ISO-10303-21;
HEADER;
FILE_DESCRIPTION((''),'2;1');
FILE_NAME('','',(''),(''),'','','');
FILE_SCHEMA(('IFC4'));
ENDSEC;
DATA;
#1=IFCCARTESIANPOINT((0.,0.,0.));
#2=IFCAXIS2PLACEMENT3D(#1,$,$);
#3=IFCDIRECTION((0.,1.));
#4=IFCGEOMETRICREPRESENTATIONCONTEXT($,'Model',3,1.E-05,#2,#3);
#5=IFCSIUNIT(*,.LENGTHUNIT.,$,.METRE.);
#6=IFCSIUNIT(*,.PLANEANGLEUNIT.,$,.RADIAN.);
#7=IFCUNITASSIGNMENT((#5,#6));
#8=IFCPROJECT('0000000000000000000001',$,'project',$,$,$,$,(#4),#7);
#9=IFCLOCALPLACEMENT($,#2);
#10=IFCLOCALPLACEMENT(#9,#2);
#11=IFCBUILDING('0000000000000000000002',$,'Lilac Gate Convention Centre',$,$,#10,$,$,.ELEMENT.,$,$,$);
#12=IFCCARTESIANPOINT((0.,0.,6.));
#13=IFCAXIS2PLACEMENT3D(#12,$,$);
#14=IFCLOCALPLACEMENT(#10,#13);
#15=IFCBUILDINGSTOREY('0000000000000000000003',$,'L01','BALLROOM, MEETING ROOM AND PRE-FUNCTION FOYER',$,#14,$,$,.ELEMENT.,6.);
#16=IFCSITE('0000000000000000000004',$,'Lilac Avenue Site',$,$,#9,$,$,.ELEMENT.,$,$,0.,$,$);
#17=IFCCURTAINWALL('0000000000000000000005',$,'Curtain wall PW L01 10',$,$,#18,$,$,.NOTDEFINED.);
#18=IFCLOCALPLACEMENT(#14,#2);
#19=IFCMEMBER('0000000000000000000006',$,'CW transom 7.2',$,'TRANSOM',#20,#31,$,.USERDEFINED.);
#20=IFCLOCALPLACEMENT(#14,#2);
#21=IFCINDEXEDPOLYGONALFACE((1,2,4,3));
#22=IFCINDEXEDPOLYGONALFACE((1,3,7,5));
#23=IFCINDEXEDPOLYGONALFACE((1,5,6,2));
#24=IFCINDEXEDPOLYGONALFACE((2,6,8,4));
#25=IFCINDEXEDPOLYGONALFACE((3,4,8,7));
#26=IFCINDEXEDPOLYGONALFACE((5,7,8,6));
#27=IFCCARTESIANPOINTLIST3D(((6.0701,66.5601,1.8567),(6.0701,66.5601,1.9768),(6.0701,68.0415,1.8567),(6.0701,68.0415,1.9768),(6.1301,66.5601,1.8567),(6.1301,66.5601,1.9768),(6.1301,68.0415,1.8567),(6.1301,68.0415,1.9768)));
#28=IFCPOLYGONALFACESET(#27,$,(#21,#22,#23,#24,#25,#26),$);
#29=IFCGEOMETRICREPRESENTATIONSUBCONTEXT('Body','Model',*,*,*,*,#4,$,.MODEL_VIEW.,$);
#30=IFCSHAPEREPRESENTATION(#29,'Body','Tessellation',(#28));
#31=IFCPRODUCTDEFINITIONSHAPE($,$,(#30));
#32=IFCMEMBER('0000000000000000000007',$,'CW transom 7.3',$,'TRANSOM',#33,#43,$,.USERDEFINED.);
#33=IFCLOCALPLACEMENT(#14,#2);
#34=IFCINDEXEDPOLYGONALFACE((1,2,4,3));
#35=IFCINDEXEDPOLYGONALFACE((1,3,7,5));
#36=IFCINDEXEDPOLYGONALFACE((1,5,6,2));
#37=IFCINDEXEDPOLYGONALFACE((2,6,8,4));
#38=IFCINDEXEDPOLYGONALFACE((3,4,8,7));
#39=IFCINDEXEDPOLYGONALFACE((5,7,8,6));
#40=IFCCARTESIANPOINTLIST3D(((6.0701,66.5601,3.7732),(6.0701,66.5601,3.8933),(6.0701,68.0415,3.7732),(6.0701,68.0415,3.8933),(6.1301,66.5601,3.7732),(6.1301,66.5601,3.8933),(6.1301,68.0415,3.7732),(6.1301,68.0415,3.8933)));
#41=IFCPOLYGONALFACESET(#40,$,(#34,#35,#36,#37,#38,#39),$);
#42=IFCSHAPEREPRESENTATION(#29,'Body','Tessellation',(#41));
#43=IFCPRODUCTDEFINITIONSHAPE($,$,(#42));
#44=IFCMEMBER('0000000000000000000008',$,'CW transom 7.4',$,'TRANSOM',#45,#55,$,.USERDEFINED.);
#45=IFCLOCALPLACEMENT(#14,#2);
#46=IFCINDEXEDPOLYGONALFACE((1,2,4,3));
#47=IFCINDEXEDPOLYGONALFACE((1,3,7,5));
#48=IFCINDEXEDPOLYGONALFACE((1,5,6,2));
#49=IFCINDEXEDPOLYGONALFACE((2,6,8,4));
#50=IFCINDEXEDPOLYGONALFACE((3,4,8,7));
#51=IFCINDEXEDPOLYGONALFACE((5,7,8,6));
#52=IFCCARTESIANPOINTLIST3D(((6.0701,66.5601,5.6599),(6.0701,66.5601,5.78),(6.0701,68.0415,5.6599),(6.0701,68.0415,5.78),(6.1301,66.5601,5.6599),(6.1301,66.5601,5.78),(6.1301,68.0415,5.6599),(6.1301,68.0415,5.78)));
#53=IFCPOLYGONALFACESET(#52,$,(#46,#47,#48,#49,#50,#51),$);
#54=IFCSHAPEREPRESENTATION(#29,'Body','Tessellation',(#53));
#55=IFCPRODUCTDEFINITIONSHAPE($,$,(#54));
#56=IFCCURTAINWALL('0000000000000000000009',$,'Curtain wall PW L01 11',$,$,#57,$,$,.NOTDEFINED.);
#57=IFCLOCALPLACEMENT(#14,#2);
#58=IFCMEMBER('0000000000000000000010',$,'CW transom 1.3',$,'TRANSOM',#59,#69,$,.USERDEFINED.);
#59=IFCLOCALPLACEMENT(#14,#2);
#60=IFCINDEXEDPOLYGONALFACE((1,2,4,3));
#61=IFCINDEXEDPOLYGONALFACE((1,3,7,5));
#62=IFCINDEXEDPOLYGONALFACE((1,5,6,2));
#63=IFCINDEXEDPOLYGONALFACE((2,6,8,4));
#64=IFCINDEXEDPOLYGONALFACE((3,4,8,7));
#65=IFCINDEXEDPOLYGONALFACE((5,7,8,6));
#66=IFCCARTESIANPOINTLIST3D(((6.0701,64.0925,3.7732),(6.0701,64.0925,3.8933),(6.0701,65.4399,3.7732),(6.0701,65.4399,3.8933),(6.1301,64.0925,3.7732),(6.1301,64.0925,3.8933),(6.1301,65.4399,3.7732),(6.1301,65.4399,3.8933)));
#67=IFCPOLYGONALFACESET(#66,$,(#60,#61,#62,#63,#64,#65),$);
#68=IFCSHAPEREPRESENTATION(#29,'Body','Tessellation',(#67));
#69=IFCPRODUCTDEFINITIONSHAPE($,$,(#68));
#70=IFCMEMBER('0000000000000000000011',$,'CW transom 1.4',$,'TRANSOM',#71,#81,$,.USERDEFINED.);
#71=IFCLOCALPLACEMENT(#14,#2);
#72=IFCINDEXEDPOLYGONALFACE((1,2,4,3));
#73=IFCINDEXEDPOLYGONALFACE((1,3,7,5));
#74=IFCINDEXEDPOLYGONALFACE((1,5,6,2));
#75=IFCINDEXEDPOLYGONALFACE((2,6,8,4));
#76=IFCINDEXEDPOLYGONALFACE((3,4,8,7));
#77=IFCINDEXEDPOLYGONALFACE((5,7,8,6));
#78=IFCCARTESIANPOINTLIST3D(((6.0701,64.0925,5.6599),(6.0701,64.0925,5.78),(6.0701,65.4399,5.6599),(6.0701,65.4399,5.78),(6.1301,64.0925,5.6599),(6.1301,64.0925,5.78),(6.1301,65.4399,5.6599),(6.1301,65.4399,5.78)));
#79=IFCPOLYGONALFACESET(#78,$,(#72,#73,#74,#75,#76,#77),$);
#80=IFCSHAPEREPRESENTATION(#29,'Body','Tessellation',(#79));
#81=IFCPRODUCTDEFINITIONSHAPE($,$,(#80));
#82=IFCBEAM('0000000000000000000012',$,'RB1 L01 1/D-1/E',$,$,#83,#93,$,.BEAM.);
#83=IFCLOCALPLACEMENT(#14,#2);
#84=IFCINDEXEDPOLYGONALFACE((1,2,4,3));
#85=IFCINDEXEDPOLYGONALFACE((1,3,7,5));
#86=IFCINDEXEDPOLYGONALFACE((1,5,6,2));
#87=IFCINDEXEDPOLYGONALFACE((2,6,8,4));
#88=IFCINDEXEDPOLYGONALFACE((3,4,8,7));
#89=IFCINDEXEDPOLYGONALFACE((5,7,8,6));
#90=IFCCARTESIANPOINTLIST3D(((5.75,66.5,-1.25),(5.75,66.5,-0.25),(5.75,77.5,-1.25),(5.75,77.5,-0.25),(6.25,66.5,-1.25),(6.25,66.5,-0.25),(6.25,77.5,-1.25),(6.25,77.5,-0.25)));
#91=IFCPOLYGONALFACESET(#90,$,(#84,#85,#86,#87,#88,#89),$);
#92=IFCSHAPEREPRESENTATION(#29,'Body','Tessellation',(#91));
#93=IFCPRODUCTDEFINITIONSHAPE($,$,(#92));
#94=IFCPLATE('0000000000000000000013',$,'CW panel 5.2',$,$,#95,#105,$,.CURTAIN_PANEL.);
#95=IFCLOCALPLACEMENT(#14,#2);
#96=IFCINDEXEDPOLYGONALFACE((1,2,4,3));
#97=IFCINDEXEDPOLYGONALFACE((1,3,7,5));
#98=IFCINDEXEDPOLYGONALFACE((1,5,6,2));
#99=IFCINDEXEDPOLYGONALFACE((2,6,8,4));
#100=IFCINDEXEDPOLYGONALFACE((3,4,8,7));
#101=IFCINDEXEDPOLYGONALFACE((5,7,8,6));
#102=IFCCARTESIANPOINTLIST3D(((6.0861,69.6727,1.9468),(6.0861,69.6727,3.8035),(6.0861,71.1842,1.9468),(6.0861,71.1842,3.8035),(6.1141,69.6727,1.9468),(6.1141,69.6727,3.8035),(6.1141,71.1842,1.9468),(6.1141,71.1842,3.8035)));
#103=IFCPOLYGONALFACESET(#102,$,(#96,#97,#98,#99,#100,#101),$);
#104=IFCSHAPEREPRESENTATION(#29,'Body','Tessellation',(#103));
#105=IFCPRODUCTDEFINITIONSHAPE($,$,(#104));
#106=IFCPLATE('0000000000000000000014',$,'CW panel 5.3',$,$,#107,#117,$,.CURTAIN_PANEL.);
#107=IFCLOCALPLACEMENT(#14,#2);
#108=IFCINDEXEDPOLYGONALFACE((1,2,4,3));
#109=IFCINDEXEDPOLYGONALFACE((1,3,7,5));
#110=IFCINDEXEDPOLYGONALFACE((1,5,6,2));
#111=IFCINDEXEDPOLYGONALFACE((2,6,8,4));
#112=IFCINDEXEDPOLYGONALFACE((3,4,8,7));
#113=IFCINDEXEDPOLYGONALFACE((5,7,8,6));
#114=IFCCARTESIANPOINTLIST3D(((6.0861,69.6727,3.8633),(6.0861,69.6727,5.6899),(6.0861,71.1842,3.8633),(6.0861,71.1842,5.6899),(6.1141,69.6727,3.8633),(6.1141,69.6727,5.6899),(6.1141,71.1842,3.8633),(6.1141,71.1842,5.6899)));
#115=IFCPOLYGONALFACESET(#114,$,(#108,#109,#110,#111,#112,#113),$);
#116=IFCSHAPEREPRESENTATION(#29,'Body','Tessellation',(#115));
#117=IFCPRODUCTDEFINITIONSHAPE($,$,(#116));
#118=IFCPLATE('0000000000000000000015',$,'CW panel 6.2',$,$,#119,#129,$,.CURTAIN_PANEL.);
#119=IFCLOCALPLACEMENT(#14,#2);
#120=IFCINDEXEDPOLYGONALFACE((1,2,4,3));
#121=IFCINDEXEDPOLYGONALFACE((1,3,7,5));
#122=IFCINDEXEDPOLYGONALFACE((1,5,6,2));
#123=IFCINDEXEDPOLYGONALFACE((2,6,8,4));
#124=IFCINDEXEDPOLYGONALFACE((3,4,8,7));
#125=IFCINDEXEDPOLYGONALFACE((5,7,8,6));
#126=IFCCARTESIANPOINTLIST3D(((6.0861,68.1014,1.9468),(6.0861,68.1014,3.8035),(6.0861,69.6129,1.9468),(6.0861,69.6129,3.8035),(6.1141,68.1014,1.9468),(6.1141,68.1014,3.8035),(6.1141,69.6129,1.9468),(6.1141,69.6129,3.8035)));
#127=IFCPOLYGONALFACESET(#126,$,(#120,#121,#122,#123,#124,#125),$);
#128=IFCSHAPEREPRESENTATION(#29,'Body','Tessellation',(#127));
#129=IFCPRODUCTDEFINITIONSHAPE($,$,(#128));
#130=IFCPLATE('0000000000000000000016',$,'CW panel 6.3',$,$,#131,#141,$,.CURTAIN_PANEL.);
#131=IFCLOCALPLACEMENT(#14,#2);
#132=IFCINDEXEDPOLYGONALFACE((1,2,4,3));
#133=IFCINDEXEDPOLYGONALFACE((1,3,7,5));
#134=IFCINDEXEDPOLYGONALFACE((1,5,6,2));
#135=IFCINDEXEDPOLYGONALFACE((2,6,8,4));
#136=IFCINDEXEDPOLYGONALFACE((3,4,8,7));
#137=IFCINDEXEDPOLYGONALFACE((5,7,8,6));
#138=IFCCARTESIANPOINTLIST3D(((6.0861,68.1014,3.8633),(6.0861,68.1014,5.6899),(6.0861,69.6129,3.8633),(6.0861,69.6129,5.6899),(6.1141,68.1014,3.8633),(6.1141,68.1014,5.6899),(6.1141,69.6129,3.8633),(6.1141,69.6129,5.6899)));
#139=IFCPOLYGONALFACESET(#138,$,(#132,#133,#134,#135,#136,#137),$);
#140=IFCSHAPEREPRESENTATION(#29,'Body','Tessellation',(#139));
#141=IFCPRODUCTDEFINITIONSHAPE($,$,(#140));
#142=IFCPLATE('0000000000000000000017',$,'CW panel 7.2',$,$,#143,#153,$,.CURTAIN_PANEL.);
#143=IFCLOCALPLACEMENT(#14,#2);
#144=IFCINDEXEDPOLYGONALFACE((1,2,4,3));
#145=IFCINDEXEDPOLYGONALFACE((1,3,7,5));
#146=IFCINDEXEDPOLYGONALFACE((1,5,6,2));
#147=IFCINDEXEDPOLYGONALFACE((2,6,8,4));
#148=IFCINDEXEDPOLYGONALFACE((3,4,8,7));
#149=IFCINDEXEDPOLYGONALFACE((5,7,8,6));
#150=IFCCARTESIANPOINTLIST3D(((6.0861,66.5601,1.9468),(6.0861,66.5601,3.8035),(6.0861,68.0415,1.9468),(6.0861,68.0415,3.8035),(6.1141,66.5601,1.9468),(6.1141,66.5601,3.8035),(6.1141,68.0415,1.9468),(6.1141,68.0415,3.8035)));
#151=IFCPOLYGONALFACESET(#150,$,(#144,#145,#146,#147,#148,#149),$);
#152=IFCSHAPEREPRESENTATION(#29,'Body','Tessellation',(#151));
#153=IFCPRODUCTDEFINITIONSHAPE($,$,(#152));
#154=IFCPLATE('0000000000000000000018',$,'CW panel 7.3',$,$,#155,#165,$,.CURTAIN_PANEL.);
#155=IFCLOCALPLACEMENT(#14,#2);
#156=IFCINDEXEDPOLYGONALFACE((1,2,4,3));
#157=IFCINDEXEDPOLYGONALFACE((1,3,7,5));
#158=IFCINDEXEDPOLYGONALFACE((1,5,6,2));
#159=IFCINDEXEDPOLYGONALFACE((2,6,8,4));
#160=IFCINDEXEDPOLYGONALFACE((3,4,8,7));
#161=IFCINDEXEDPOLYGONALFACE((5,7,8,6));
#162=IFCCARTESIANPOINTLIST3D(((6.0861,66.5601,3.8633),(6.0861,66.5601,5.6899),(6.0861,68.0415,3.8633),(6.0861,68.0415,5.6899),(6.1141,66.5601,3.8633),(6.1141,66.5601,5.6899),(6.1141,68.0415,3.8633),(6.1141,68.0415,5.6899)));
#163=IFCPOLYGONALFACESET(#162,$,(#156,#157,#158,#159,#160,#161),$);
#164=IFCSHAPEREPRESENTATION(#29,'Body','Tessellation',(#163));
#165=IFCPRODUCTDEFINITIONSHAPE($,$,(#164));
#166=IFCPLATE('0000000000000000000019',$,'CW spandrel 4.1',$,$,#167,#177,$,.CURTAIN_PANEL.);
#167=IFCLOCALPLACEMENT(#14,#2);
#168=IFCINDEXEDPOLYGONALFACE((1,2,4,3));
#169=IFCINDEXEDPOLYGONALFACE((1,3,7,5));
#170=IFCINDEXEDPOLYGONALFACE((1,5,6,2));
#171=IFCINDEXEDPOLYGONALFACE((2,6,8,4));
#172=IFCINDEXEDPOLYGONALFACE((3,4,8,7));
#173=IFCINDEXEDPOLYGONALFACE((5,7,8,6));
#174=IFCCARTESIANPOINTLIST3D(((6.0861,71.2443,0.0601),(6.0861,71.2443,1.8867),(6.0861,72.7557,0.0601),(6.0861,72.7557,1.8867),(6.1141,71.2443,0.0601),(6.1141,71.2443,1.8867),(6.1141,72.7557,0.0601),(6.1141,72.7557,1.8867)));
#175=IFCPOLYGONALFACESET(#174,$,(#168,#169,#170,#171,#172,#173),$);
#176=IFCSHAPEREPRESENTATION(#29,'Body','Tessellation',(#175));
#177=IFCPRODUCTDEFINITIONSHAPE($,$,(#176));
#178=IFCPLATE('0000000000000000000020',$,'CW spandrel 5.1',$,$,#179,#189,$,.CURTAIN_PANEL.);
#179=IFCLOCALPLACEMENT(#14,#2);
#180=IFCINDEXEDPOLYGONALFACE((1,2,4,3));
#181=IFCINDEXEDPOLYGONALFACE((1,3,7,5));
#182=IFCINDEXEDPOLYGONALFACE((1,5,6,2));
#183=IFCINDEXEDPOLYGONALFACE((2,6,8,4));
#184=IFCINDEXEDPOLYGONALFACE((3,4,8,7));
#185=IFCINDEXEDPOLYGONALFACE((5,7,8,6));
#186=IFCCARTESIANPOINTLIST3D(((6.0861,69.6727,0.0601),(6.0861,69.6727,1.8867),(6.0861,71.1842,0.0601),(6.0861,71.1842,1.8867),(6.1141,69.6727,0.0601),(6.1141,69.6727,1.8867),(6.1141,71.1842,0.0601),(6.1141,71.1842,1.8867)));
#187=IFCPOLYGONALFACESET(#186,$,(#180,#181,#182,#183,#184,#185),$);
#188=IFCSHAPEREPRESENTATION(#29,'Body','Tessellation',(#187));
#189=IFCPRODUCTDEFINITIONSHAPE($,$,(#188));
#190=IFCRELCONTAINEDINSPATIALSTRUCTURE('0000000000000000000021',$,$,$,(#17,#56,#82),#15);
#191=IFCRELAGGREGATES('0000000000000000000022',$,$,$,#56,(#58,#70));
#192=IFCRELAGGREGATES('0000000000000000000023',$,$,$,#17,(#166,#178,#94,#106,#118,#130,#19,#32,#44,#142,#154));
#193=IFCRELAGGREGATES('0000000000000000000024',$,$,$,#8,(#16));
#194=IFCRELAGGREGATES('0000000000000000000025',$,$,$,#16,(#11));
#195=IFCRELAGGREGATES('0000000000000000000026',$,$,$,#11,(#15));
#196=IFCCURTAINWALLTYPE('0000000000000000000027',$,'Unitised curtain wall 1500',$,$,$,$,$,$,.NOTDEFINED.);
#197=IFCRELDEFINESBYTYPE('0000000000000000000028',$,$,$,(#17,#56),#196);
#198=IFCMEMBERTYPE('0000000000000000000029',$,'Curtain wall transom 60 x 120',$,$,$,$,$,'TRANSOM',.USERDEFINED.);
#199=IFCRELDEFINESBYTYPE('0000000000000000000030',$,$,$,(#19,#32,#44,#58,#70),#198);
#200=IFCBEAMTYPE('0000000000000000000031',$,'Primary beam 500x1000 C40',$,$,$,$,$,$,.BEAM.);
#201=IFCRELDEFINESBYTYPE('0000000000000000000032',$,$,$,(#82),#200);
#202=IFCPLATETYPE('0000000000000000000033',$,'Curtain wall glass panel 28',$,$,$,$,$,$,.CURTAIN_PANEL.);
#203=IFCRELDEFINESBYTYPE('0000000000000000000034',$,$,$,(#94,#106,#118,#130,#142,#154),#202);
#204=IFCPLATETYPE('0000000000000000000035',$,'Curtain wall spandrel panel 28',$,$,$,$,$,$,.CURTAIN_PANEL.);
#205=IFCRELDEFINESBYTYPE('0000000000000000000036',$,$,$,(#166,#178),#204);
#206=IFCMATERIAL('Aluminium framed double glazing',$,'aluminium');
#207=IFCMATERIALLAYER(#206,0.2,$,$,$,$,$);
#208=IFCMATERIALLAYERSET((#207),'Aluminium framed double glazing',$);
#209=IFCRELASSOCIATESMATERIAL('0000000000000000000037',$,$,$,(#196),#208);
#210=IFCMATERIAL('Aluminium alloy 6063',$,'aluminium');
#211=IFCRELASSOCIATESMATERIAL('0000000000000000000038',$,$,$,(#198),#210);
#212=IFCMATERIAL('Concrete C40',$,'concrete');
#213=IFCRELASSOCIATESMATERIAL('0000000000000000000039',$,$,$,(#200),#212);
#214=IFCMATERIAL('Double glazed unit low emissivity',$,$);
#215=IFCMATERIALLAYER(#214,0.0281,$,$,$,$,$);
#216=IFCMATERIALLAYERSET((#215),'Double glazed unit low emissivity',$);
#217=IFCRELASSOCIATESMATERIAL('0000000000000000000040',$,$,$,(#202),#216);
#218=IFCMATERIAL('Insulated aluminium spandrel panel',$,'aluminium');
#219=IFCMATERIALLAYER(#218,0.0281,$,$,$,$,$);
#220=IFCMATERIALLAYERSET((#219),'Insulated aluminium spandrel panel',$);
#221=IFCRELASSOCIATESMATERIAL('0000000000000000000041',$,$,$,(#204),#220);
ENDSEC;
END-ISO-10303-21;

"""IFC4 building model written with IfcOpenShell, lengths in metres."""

from ifc_helpers import new_model, si_unit, direction, frame, origin, origin_2d, place, context, subcontext, project, spatial, rectangle, extrude, material, layer, layer_set, material_profile, profile_set, type_object, element, aggregate, save


model = new_model("IFC4")

# Units and contexts
model_context = context("Model", 3, precision=1e-05, world=origin(), true_north=direction((0.0, 1.0)))
body_context = subcontext(model_context, "Body", "Model", "MODEL_VIEW")
ifc_project = project(units=[si_unit("LENGTHUNIT", "METRE"), si_unit("PLANEANGLEUNIT", "RADIAN")], contexts=[model_context])

# Site, building, storey
site_placement = place(None, origin())
site = spatial("IfcSite", under=ifc_project, at=site_placement, Name="Lilac Avenue Site", CompositionType="ELEMENT", RefElevation=0.0)
building_placement = place(site_placement, origin())
building = spatial("IfcBuilding", under=site, at=building_placement, Name="Lilac Gate Convention Centre", CompositionType="ELEMENT")
storey_placement = place(building_placement, frame((0.0, 0.0, 6.0)))
storey = spatial("IfcBuildingStorey", under=building, at=storey_placement, Name="L01", Description="BALLROOM, MEETING ROOM AND PRE-FUNCTION FOYER", CompositionType="ELEMENT", Elevation=6.0)

# Shared definitions
ifc_material_1 = material(Name="Concrete C40", Category="concrete")

# Curtain walls, members
ifc_material_2 = material(Name="Aluminium framed double glazing", Category="aluminium")
ifc_layer_1 = layer(ifc_material_2, 0.2)
ifc_layer_set_1 = layer_set([ifc_layer_1], Name="Aluminium framed double glazing")
curtain_wall_type = type_object("IfcCurtainWallType", Name="Unitised curtain wall 1500", PredefinedType="NOTDEFINED", material=ifc_layer_set_1)
curtain_wall_1_placement = place(storey_placement, origin())
curtain_wall_1 = element("IfcCurtainWall", 1, at=curtain_wall_1_placement, inside=storey, type_object=curtain_wall_type, Name="Curtain wall PW L01 10", PredefinedType="NOTDEFINED")
ifc_material_3 = material(Name="Aluminium alloy 6063", Category="aluminium")
ifc_material_profile_1 = material_profile(ifc_material_3, rectangle(XDim=0.0601, YDim=0.1201, at=origin_2d()), Name="Curtain wall transom 60 x 120")
ifc_profile_set_1 = profile_set([ifc_material_profile_1], Name="Aluminium alloy 6063")
member_type_1 = type_object("IfcMemberType", Name="Curtain wall transom 60 x 120", ElementType="TRANSOM", PredefinedType="USERDEFINED", material=ifc_profile_set_1)
member_1_placement = place(storey_placement, frame((6.1001, 68.0415, 1.9167), z_axis=(0.0, -1.0, 0.0), x_axis=(1.0, 0.0, 0.0)))
member_1 = element("IfcMember", 2, at=member_1_placement, type_object=member_type_1, Name="CW transom 7.2", ObjectType="TRANSOM", PredefinedType="USERDEFINED", context=body_context, shape_type="SweptSolid", body=[
    extrude(rectangle(XDim=0.0601, YDim=0.1201, at=origin_2d()), origin(), (0.0, 0.0, 1.0), 1.4814),
])
member_2_placement = place(storey_placement, frame((6.1001, 68.0415, 3.8333), z_axis=(0.0, -1.0, 0.0), x_axis=(1.0, 0.0, 0.0)))
member_2 = element("IfcMember", 3, at=member_2_placement, type_object=member_type_1, Name="CW transom 7.3", ObjectType="TRANSOM", PredefinedType="USERDEFINED", context=body_context, shape_type="SweptSolid", body=[
    extrude(rectangle(XDim=0.0601, YDim=0.1201, at=origin_2d()), origin(), (0.0, 0.0, 1.0), 1.4814),
])
member_3_placement = place(storey_placement, frame((6.1001, 68.0415, 5.72), z_axis=(0.0, -1.0, 0.0), x_axis=(1.0, 0.0, 0.0)))
member_3 = element("IfcMember", 4, at=member_3_placement, type_object=member_type_1, Name="CW transom 7.4", ObjectType="TRANSOM", PredefinedType="USERDEFINED", context=body_context, shape_type="SweptSolid", body=[
    extrude(rectangle(XDim=0.0601, YDim=0.1201, at=origin_2d()), origin(), (0.0, 0.0, 1.0), 1.4814),
])
curtain_wall_2_placement = place(storey_placement, origin())
curtain_wall_2 = element("IfcCurtainWall", 5, at=curtain_wall_2_placement, inside=storey, type_object=curtain_wall_type, Name="Curtain wall PW L01 11", PredefinedType="NOTDEFINED")
member_4_placement = place(storey_placement, frame((6.1001, 65.4399, 3.8333), z_axis=(0.0, -1.0, 0.0), x_axis=(1.0, 0.0, 0.0)))
member_4 = element("IfcMember", 6, at=member_4_placement, type_object=member_type_1, Name="CW transom 1.3", ObjectType="TRANSOM", PredefinedType="USERDEFINED", context=body_context, shape_type="SweptSolid", body=[
    extrude(rectangle(XDim=0.0601, YDim=0.1201, at=origin_2d()), origin(), (0.0, 0.0, 1.0), 1.3474),
])
member_5_placement = place(storey_placement, frame((6.1001, 65.4399, 5.72), z_axis=(0.0, -1.0, 0.0), x_axis=(1.0, 0.0, 0.0)))
member_5 = element("IfcMember", 7, at=member_5_placement, type_object=member_type_1, Name="CW transom 1.4", ObjectType="TRANSOM", PredefinedType="USERDEFINED", context=body_context, shape_type="SweptSolid", body=[
    extrude(rectangle(XDim=0.0601, YDim=0.1201, at=origin_2d()), origin(), (0.0, 0.0, 1.0), 1.3474),
])
aggregate(curtain_wall_2, [member_4, member_5])

# Beam
ifc_material_profile_2 = material_profile(ifc_material_1, rectangle(XDim=0.5, YDim=1.0, at=origin_2d()), Name="RC 500x1000")
ifc_profile_set_2 = profile_set([ifc_material_profile_2], Name="Concrete C40")
beam_type = type_object("IfcBeamType", Name="Primary beam 500x1000 C40", PredefinedType="BEAM", material=ifc_profile_set_2)
beam_placement = place(storey_placement, frame((6.0, 66.5, -0.75), z_axis=(0.0, 1.0, 0.0), x_axis=(-1.0, 0.0, 0.0)))
element("IfcBeam", 8, at=beam_placement, inside=storey, type_object=beam_type, Name="RB1 L01 1/D-1/E", PredefinedType="BEAM", context=body_context, shape_type="SweptSolid", body=[
    extrude(rectangle(XDim=0.5, YDim=1.0, at=origin_2d()), origin(), (0.0, 0.0, 1.0), 11.0),
])

# Plates
ifc_material_4 = material(Name="Double glazed unit low emissivity")
ifc_layer_2 = layer(ifc_material_4, 0.0281)
ifc_layer_set_2 = layer_set([ifc_layer_2], Name="Double glazed unit low emissivity")
plate_type_1 = type_object("IfcPlateType", Name="Curtain wall glass panel 28", PredefinedType="CURTAIN_PANEL", material=ifc_layer_set_2)
plate_1_placement = place(storey_placement, frame((6.1001, 70.4285, 1.9468), z_axis=(0.0, 0.0, 1.0), x_axis=(0.0, -1.0, 0.0)))
plate_1 = element("IfcPlate", 9, at=plate_1_placement, type_object=plate_type_1, Name="CW panel 5.2", PredefinedType="CURTAIN_PANEL", context=body_context, shape_type="SweptSolid", body=[
    extrude(rectangle(XDim=1.5115, YDim=0.0281, at=origin_2d()), origin(), (0.0, 0.0, 1.0), 1.8567),
])
plate_2_placement = place(storey_placement, frame((6.1001, 70.4285, 3.8633), z_axis=(0.0, 0.0, 1.0), x_axis=(0.0, -1.0, 0.0)))
plate_2 = element("IfcPlate", 10, at=plate_2_placement, type_object=plate_type_1, Name="CW panel 5.3", PredefinedType="CURTAIN_PANEL", context=body_context, shape_type="SweptSolid", body=[
    extrude(rectangle(XDim=1.5115, YDim=0.0281, at=origin_2d()), origin(), (0.0, 0.0, 1.0), 1.8267),
])
plate_3_placement = place(storey_placement, frame((6.1001, 68.8572, 1.9468), z_axis=(0.0, 0.0, 1.0), x_axis=(0.0, -1.0, 0.0)))
plate_3 = element("IfcPlate", 11, at=plate_3_placement, type_object=plate_type_1, Name="CW panel 6.2", PredefinedType="CURTAIN_PANEL", context=body_context, shape_type="SweptSolid", body=[
    extrude(rectangle(XDim=1.5115, YDim=0.0281, at=origin_2d()), origin(), (0.0, 0.0, 1.0), 1.8567),
])
plate_4_placement = place(storey_placement, frame((6.1001, 68.8572, 3.8633), z_axis=(0.0, 0.0, 1.0), x_axis=(0.0, -1.0, 0.0)))
plate_4 = element("IfcPlate", 12, at=plate_4_placement, type_object=plate_type_1, Name="CW panel 6.3", PredefinedType="CURTAIN_PANEL", context=body_context, shape_type="SweptSolid", body=[
    extrude(rectangle(XDim=1.5115, YDim=0.0281, at=origin_2d()), origin(), (0.0, 0.0, 1.0), 1.8267),
])
plate_5_placement = place(storey_placement, frame((6.1001, 67.3008, 1.9468), z_axis=(0.0, 0.0, 1.0), x_axis=(0.0, -1.0, 0.0)))
plate_5 = element("IfcPlate", 13, at=plate_5_placement, type_object=plate_type_1, Name="CW panel 7.2", PredefinedType="CURTAIN_PANEL", context=body_context, shape_type="SweptSolid", body=[
    extrude(rectangle(XDim=1.4814, YDim=0.0281, at=origin_2d()), origin(), (0.0, 0.0, 1.0), 1.8567),
])
plate_6_placement = place(storey_placement, frame((6.1001, 67.3008, 3.8633), z_axis=(0.0, 0.0, 1.0), x_axis=(0.0, -1.0, 0.0)))
plate_6 = element("IfcPlate", 14, at=plate_6_placement, type_object=plate_type_1, Name="CW panel 7.3", PredefinedType="CURTAIN_PANEL", context=body_context, shape_type="SweptSolid", body=[
    extrude(rectangle(XDim=1.4814, YDim=0.0281, at=origin_2d()), origin(), (0.0, 0.0, 1.0), 1.8267),
])
ifc_material_5 = material(Name="Insulated aluminium spandrel panel", Category="aluminium")
ifc_layer_3 = layer(ifc_material_5, 0.0281)
ifc_layer_set_3 = layer_set([ifc_layer_3], Name="Insulated aluminium spandrel panel")
plate_type_2 = type_object("IfcPlateType", Name="Curtain wall spandrel panel 28", PredefinedType="CURTAIN_PANEL", material=ifc_layer_set_3)
plate_7_placement = place(storey_placement, frame((6.1001, 72.0, 0.0601), z_axis=(0.0, 0.0, 1.0), x_axis=(0.0, -1.0, 0.0)))
plate_7 = element("IfcPlate", 15, at=plate_7_placement, type_object=plate_type_2, Name="CW spandrel 4.1", PredefinedType="CURTAIN_PANEL", context=body_context, shape_type="SweptSolid", body=[
    extrude(rectangle(XDim=1.5115, YDim=0.0281, at=origin_2d()), origin(), (0.0, 0.0, 1.0), 1.8267),
])
plate_8_placement = place(storey_placement, frame((6.1001, 70.4285, 0.0601), z_axis=(0.0, 0.0, 1.0), x_axis=(0.0, -1.0, 0.0)))
plate_8 = element("IfcPlate", 16, at=plate_8_placement, type_object=plate_type_2, Name="CW spandrel 5.1", PredefinedType="CURTAIN_PANEL", context=body_context, shape_type="SweptSolid", body=[
    extrude(rectangle(XDim=1.5115, YDim=0.0281, at=origin_2d()), origin(), (0.0, 0.0, 1.0), 1.8267),
])
aggregate(curtain_wall_1, [plate_7, plate_8, plate_1, plate_2, plate_3, plate_4, member_1, member_2, member_3, plate_5, plate_6])

save(model, "model.ifc")
